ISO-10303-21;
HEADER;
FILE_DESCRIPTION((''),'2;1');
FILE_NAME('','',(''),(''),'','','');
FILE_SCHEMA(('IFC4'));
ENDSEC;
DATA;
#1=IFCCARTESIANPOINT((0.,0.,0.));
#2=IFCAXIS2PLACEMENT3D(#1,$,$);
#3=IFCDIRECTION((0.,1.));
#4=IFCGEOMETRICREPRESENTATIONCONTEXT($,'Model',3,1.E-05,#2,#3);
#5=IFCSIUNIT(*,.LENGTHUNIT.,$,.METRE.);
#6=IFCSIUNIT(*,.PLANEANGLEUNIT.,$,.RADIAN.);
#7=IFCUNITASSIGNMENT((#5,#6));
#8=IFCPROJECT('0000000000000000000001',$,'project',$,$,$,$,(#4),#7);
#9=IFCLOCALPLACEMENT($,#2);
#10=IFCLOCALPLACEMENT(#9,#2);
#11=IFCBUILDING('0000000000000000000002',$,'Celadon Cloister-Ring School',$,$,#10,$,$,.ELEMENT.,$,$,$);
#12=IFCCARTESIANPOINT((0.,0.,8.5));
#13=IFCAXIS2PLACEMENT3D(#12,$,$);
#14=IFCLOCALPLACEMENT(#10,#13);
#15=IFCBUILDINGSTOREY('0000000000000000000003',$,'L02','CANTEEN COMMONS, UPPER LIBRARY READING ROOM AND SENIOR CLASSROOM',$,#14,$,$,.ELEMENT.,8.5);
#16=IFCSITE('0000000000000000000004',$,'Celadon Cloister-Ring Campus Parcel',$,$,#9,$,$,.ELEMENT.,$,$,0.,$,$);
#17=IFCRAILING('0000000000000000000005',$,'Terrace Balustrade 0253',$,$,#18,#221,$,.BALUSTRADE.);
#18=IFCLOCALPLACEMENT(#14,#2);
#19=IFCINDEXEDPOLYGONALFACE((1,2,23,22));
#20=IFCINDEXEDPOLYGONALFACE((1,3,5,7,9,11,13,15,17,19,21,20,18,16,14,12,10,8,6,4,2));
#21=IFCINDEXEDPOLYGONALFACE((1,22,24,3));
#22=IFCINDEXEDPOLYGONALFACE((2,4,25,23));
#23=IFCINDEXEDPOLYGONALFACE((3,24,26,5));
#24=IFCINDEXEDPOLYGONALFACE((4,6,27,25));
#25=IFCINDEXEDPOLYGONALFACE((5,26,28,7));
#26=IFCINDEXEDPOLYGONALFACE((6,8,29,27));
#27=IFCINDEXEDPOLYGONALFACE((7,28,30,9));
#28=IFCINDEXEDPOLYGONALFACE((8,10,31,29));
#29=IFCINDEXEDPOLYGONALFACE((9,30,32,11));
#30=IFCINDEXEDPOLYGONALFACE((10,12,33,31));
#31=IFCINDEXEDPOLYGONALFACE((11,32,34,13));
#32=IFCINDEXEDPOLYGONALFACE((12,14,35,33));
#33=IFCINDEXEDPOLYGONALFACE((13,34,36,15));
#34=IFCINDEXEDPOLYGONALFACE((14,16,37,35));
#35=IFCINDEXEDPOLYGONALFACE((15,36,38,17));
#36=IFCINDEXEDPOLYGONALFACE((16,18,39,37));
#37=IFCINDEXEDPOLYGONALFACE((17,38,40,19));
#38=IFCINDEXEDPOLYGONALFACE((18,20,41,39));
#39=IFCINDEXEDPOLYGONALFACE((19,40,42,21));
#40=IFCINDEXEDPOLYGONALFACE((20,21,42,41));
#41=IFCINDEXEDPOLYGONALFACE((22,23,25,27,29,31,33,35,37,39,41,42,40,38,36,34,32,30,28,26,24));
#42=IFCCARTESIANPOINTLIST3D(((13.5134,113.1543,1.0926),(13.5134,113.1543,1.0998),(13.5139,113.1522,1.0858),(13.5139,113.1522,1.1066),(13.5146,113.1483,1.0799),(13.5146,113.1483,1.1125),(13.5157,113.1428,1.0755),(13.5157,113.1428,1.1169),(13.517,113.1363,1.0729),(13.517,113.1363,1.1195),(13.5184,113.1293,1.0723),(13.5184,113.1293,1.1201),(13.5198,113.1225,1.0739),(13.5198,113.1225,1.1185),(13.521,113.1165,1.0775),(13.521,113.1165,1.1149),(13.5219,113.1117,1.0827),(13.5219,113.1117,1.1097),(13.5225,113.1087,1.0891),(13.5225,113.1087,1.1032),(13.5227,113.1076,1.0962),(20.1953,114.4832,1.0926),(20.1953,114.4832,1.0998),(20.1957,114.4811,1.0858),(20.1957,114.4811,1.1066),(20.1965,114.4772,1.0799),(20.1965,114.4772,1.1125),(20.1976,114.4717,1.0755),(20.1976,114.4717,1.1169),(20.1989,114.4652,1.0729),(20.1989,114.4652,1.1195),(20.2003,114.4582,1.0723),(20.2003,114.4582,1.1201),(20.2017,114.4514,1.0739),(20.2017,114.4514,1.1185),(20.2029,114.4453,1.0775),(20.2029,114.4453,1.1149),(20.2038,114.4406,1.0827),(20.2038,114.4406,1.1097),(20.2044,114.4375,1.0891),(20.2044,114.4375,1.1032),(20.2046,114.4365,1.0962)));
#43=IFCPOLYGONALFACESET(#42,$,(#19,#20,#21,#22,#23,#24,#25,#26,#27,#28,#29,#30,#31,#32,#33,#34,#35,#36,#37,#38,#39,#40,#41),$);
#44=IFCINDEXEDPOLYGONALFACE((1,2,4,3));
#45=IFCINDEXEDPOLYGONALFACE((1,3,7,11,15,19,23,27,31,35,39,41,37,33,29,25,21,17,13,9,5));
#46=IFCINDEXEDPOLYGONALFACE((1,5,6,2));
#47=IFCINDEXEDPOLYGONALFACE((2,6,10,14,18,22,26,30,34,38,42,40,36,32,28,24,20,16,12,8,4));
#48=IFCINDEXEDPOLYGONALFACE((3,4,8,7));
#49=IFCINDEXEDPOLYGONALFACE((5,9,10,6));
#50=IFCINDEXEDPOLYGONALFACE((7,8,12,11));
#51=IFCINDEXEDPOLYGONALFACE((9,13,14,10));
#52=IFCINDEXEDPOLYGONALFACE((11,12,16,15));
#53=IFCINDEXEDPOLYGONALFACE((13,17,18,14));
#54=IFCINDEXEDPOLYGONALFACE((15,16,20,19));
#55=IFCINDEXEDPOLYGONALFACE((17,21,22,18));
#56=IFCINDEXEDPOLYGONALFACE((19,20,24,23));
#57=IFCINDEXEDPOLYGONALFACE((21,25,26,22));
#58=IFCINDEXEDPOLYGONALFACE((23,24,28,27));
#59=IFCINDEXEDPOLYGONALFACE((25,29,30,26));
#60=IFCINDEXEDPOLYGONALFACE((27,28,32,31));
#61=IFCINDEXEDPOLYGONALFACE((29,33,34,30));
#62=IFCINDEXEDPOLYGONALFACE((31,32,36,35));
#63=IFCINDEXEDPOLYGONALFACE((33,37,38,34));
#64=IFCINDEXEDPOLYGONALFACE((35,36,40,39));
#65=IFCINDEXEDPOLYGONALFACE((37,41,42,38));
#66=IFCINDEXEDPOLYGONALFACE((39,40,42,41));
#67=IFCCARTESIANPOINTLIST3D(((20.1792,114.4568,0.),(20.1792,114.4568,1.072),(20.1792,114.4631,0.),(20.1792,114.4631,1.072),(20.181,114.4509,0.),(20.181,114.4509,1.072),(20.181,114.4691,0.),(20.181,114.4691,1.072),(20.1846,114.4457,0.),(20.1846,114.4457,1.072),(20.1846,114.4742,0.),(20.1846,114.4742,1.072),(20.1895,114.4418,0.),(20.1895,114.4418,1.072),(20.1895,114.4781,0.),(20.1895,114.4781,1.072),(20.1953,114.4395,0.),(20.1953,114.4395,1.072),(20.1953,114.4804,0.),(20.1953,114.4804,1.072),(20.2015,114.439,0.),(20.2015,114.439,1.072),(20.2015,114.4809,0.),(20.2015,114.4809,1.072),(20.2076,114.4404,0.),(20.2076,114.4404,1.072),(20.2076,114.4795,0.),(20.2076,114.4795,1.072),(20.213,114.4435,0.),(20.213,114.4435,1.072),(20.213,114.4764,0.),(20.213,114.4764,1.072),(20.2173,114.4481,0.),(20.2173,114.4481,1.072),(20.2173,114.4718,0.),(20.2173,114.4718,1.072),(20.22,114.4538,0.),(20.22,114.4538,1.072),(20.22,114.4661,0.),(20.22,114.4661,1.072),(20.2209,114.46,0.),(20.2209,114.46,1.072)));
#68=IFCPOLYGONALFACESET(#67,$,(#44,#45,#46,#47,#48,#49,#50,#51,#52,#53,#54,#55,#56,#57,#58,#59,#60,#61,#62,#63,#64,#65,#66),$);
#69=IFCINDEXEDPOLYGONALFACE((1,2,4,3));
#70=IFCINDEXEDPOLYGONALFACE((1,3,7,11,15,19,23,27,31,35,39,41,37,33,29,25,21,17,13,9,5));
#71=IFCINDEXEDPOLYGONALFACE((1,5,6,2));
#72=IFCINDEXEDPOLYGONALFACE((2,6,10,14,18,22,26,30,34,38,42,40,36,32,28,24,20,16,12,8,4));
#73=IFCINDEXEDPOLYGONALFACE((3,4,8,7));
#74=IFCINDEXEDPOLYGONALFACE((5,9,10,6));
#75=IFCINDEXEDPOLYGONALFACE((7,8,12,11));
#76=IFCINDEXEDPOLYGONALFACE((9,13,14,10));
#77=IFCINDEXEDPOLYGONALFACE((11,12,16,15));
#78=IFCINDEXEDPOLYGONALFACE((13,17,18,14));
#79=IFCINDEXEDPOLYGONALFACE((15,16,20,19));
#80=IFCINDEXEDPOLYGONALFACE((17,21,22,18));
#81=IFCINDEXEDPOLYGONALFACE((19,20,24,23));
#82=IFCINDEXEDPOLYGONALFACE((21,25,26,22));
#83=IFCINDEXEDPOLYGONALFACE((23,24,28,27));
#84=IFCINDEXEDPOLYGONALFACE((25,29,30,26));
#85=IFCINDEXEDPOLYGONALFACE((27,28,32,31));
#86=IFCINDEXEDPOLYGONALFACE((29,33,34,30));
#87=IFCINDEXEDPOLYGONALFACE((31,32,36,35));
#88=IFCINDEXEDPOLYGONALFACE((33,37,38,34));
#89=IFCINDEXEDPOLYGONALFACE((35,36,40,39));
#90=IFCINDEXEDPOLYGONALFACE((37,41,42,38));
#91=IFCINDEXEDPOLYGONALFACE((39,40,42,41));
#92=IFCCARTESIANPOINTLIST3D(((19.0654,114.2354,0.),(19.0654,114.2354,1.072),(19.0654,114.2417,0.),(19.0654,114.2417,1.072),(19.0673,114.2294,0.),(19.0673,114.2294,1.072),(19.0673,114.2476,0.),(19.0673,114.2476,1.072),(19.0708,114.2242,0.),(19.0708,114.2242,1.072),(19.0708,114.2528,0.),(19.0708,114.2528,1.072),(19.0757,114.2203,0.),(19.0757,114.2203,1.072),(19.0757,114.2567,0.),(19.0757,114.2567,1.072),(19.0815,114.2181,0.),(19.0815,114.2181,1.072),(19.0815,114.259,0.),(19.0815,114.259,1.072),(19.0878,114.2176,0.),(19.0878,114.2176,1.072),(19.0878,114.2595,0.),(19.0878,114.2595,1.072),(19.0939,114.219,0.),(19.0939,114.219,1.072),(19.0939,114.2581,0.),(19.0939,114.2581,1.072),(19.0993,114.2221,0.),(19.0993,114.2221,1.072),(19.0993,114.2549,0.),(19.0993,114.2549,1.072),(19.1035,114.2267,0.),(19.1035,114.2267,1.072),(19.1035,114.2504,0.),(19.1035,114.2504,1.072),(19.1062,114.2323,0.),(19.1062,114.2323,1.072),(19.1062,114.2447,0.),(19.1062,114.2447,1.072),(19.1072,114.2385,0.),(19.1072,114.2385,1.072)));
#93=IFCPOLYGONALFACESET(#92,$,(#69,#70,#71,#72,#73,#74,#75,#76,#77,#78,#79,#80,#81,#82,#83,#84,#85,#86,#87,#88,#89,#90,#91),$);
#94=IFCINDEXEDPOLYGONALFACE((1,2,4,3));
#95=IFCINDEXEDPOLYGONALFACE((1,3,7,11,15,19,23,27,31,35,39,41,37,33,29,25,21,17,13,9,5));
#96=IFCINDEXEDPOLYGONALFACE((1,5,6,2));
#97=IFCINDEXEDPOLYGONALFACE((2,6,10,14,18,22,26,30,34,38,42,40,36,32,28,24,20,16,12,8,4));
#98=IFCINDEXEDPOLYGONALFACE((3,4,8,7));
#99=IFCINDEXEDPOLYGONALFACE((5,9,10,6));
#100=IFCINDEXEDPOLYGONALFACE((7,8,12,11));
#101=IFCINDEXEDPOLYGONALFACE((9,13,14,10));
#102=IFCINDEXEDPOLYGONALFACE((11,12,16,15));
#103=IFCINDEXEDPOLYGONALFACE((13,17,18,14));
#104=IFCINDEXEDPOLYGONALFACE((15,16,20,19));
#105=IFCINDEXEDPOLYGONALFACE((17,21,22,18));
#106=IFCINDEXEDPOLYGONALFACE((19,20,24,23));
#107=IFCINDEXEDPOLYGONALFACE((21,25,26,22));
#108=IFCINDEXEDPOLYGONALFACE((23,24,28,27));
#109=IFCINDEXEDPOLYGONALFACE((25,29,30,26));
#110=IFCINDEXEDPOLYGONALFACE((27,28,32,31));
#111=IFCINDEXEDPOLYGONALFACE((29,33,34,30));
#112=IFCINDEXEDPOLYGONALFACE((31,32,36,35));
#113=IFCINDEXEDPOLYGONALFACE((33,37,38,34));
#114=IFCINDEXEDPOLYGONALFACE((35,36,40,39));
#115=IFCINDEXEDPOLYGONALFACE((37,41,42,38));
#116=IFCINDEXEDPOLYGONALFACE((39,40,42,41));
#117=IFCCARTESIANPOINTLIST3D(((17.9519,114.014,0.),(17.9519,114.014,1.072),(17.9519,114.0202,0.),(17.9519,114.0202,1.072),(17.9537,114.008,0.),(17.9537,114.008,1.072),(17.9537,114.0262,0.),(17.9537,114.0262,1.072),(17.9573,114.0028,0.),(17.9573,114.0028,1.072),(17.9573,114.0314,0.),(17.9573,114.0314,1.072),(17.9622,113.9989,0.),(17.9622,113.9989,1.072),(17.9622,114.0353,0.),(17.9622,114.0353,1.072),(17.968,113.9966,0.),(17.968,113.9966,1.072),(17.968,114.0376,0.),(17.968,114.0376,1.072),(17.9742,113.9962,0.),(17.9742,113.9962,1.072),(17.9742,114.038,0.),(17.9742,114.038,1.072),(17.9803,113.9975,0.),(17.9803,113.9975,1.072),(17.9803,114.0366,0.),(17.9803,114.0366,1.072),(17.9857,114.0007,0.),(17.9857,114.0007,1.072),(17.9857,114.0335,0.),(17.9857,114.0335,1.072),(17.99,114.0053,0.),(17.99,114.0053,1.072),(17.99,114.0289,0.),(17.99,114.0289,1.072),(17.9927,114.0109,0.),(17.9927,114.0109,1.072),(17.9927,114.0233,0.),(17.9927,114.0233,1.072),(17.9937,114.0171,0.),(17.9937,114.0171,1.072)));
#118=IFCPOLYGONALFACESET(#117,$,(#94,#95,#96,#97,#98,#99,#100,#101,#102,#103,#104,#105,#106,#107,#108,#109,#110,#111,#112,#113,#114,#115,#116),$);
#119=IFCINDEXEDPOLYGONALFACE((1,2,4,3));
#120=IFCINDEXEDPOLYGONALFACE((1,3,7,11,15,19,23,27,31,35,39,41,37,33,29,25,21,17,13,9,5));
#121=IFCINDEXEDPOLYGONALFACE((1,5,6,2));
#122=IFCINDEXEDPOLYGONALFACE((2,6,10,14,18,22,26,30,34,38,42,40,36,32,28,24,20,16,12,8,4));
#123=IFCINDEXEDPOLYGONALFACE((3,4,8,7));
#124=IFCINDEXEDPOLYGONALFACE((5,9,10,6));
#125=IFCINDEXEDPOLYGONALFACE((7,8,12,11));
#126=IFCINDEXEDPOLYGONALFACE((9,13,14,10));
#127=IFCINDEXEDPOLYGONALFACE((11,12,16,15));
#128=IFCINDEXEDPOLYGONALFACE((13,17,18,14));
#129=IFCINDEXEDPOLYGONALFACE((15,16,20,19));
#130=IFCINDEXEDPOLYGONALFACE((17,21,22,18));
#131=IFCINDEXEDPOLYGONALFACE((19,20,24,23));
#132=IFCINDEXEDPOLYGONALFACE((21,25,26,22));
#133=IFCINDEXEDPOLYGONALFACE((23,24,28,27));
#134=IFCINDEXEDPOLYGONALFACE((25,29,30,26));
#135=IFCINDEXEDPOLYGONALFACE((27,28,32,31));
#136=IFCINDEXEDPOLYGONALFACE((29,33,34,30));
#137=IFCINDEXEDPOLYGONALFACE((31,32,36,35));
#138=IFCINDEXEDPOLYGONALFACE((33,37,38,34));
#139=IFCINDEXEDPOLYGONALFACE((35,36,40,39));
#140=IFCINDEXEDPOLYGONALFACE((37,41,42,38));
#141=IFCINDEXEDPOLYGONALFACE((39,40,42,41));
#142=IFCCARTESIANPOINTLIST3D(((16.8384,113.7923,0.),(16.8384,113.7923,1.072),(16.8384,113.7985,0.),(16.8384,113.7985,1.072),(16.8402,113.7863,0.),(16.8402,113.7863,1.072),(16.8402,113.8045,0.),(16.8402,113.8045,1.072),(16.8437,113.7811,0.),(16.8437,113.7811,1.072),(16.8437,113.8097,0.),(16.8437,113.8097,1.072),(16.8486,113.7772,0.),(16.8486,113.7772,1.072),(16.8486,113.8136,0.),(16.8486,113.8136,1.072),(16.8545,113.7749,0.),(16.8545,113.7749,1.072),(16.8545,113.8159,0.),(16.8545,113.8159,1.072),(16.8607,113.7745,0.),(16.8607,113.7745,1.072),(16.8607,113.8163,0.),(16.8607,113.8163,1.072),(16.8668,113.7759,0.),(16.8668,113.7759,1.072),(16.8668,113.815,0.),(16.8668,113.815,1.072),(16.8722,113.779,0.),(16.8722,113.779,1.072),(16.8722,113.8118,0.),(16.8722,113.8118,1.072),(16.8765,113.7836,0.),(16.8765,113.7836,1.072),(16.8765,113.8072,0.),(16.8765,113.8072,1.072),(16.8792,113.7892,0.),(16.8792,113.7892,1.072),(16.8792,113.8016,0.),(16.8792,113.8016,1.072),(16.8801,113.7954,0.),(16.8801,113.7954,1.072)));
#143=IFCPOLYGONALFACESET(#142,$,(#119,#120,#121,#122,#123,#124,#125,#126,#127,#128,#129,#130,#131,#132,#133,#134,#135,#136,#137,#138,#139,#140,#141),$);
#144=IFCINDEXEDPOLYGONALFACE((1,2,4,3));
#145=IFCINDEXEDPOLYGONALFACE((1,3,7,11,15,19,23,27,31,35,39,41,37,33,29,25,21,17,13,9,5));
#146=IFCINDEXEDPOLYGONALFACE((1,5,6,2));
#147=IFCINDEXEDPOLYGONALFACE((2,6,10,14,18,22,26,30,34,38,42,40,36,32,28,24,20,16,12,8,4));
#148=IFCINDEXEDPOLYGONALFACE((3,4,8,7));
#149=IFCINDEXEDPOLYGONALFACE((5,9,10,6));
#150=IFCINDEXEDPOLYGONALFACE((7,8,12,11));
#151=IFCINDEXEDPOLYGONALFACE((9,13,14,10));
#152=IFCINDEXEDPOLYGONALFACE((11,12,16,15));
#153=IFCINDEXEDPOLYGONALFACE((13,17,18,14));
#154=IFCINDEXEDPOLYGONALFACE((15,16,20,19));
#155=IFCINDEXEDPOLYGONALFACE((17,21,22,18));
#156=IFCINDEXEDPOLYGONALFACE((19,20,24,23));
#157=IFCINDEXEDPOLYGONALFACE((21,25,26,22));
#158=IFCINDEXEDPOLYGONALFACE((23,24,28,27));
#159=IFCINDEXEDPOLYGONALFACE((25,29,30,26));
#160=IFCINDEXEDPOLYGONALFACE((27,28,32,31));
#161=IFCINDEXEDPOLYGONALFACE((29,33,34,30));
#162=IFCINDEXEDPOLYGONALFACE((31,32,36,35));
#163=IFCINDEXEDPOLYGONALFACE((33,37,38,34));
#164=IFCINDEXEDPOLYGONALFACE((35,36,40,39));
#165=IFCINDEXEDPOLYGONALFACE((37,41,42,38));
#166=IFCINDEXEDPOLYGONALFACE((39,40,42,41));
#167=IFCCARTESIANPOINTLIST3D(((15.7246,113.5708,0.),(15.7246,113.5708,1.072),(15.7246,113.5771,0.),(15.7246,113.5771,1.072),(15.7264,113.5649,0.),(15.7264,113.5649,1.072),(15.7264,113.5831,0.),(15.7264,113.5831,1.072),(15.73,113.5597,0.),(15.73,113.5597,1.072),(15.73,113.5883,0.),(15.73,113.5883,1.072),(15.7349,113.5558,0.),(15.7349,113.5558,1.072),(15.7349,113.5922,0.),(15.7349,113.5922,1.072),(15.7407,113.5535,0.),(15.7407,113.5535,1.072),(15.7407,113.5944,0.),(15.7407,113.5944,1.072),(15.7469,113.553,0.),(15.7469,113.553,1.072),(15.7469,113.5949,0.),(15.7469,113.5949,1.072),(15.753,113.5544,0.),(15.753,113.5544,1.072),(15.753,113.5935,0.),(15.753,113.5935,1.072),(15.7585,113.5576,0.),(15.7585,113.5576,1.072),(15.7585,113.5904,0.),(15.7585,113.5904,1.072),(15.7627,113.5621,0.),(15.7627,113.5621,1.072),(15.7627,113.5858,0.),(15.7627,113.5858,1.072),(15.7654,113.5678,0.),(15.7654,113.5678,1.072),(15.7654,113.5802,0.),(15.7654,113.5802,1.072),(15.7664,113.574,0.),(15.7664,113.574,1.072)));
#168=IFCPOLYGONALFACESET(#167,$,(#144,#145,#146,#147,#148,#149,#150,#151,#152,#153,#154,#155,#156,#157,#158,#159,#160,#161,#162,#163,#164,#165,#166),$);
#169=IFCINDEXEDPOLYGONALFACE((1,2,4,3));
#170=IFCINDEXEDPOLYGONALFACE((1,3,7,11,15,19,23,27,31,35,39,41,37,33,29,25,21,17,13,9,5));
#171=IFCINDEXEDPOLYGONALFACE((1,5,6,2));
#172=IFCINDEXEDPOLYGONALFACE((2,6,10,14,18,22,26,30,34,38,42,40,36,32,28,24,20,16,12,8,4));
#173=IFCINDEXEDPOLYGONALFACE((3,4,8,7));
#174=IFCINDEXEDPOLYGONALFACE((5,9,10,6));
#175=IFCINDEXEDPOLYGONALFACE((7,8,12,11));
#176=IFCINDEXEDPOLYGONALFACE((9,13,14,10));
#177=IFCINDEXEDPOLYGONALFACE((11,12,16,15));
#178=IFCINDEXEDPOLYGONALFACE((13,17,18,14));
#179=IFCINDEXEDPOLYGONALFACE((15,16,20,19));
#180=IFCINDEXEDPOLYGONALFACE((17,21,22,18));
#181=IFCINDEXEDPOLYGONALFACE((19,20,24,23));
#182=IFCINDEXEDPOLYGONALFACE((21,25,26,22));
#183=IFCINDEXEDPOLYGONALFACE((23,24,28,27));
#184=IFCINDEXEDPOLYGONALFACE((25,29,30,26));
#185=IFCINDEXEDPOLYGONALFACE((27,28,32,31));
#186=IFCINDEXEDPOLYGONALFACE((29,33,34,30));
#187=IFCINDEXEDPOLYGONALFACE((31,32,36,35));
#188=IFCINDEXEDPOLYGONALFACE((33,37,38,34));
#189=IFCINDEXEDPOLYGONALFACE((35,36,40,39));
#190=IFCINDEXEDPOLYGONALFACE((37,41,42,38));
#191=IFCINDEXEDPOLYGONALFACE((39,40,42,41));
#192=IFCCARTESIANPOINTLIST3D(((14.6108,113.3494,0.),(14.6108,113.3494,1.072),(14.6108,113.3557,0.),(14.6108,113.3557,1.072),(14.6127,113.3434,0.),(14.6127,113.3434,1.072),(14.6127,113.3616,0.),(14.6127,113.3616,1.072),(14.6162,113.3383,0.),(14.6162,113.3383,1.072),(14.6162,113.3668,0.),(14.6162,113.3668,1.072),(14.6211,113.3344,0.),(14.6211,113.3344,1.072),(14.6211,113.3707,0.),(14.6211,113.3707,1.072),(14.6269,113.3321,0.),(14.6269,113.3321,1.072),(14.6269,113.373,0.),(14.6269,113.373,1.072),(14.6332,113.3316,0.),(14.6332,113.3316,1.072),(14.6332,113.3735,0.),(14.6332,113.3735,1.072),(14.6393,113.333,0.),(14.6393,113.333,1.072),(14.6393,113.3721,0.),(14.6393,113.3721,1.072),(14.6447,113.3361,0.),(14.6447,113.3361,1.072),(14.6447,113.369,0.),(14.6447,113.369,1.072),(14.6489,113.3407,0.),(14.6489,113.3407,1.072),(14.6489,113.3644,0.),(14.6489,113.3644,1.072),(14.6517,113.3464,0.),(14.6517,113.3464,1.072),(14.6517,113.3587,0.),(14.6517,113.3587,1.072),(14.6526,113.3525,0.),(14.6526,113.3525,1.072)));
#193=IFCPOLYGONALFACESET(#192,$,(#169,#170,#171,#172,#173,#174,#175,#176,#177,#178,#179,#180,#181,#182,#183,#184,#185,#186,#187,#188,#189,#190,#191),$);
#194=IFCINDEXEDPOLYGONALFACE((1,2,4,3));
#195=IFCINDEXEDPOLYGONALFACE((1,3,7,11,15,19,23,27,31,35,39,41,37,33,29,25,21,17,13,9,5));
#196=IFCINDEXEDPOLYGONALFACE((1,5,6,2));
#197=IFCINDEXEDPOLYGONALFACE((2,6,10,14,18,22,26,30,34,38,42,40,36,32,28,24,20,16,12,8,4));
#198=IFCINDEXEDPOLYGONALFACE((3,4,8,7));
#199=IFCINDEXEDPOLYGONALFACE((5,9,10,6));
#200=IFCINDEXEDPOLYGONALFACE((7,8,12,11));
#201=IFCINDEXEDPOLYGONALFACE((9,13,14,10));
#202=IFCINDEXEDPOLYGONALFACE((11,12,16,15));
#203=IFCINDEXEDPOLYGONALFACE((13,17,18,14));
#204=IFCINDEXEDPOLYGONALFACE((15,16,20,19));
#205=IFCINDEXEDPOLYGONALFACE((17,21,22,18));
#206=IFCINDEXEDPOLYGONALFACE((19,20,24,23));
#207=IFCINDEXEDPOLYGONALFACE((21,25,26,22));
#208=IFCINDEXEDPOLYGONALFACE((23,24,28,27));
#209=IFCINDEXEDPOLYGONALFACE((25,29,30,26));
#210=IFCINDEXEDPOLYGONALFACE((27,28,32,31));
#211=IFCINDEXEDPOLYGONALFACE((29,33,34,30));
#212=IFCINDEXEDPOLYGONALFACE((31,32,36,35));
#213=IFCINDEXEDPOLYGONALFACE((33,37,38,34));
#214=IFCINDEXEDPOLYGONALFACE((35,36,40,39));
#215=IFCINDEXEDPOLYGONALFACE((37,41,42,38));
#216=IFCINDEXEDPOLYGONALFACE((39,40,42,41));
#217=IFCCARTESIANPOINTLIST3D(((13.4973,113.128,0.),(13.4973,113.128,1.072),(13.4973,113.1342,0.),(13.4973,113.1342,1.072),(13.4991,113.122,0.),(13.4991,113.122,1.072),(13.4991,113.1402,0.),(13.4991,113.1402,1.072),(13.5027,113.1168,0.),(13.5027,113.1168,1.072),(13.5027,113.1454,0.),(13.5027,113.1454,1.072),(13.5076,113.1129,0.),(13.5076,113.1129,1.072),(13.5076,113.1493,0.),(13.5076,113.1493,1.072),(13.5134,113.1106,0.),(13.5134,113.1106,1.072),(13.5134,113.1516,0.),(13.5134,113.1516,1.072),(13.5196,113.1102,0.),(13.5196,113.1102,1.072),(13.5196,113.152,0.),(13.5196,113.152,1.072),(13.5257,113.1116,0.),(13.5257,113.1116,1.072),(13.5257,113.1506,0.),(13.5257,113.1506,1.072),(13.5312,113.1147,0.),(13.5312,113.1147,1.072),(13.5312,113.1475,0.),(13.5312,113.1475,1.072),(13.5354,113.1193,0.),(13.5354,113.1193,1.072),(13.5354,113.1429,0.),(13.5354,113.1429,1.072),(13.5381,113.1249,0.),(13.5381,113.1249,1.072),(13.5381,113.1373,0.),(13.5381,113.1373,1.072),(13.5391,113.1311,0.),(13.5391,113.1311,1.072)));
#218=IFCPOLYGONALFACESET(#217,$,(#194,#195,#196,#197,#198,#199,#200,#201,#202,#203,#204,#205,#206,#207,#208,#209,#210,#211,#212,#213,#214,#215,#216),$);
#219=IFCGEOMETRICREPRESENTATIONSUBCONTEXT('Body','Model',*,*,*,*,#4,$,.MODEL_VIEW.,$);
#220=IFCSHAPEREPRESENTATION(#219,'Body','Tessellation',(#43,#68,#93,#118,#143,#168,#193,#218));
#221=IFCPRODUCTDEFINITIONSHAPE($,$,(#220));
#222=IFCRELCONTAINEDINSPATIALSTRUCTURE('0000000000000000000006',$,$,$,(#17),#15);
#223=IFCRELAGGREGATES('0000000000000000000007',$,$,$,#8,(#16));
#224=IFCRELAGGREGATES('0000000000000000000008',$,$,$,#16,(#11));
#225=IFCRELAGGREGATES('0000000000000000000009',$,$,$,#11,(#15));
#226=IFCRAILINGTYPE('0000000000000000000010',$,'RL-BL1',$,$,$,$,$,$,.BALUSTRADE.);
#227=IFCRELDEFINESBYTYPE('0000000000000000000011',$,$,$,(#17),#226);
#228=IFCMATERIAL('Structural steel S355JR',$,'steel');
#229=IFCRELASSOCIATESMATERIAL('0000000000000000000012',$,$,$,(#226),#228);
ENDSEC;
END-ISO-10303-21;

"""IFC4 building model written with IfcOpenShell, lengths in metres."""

from ifc_helpers import new_model, si_unit, direction, frame, origin, origin_2d, place, context, subcontext, project, spatial, circle, extrude, material, type_object, element, save


model = new_model("IFC4")

# Units and contexts
model_context = context("Model", 3, precision=1e-05, world=origin(), true_north=direction((0.0, 1.0)))
body_context = subcontext(model_context, "Body", "Model", "MODEL_VIEW")
ifc_project = project(units=[si_unit("LENGTHUNIT", "METRE"), si_unit("PLANEANGLEUNIT", "RADIAN")], contexts=[model_context])

# Site, building, storey
site_placement = place(None, origin())
site = spatial("IfcSite", under=ifc_project, at=site_placement, Name="Celadon Cloister-Ring Campus Parcel", CompositionType="ELEMENT", RefElevation=0.0)
building_placement = place(site_placement, origin())
building = spatial("IfcBuilding", under=site, at=building_placement, Name="Celadon Cloister-Ring School", CompositionType="ELEMENT")
storey_placement = place(building_placement, frame((0.0, 0.0, 8.5)))
storey = spatial("IfcBuildingStorey", under=building, at=storey_placement, Name="L02", Description="CANTEEN COMMONS, UPPER LIBRARY READING ROOM AND SENIOR CLASSROOM", CompositionType="ELEMENT", Elevation=8.5)

# Railing
ifc_material_1 = material(Name="Structural steel S355JR", Category="steel")
railing_type = type_object("IfcRailingType", Name="RL-BL1", PredefinedType="BALUSTRADE", material=ifc_material_1)
railing_1_placement = place(storey_placement, frame((20.2, 114.46, 0.0)))
element("IfcRailing", 1, at=railing_1_placement, inside=storey, type_object=railing_type, Name="Terrace Balustrade 0253", PredefinedType="BALUSTRADE", context=body_context, shape_type="SweptSolid", body=[
    extrude(circle(Radius=0.0239, at=origin_2d()), frame((0.0, 0.0, 1.0962), z_axis=(-0.980792, -0.195055, 0.0), x_axis=(0.195055, -0.980792, 0.0)), (0.0, 0.0, 1.0), 6.8127),
    extrude(circle(Radius=0.021, at=origin_2d()), origin(), (0.0, 0.0, 1.0), 1.072),
    extrude(circle(Radius=0.021, at=origin_2d()), frame((-1.1138, -0.2214, 0.0)), (0.0, 0.0, 1.0), 1.072),
    extrude(circle(Radius=0.021, at=origin_2d()), frame((-2.2273, -0.4429, 0.0)), (0.0, 0.0, 1.0), 1.072),
    extrude(circle(Radius=0.021, at=origin_2d()), frame((-3.3408, -0.6646, 0.0)), (0.0, 0.0, 1.0), 1.072),
    extrude(circle(Radius=0.021, at=origin_2d()), frame((-4.4546, -0.886, 0.0)), (0.0, 0.0, 1.0), 1.072),
    extrude(circle(Radius=0.021, at=origin_2d()), frame((-5.5684, -1.1074, 0.0)), (0.0, 0.0, 1.0), 1.072),
    extrude(circle(Radius=0.021, at=origin_2d()), frame((-6.6819, -1.3289, 0.0)), (0.0, 0.0, 1.0), 1.072),
])

save(model, "model.ifc")
